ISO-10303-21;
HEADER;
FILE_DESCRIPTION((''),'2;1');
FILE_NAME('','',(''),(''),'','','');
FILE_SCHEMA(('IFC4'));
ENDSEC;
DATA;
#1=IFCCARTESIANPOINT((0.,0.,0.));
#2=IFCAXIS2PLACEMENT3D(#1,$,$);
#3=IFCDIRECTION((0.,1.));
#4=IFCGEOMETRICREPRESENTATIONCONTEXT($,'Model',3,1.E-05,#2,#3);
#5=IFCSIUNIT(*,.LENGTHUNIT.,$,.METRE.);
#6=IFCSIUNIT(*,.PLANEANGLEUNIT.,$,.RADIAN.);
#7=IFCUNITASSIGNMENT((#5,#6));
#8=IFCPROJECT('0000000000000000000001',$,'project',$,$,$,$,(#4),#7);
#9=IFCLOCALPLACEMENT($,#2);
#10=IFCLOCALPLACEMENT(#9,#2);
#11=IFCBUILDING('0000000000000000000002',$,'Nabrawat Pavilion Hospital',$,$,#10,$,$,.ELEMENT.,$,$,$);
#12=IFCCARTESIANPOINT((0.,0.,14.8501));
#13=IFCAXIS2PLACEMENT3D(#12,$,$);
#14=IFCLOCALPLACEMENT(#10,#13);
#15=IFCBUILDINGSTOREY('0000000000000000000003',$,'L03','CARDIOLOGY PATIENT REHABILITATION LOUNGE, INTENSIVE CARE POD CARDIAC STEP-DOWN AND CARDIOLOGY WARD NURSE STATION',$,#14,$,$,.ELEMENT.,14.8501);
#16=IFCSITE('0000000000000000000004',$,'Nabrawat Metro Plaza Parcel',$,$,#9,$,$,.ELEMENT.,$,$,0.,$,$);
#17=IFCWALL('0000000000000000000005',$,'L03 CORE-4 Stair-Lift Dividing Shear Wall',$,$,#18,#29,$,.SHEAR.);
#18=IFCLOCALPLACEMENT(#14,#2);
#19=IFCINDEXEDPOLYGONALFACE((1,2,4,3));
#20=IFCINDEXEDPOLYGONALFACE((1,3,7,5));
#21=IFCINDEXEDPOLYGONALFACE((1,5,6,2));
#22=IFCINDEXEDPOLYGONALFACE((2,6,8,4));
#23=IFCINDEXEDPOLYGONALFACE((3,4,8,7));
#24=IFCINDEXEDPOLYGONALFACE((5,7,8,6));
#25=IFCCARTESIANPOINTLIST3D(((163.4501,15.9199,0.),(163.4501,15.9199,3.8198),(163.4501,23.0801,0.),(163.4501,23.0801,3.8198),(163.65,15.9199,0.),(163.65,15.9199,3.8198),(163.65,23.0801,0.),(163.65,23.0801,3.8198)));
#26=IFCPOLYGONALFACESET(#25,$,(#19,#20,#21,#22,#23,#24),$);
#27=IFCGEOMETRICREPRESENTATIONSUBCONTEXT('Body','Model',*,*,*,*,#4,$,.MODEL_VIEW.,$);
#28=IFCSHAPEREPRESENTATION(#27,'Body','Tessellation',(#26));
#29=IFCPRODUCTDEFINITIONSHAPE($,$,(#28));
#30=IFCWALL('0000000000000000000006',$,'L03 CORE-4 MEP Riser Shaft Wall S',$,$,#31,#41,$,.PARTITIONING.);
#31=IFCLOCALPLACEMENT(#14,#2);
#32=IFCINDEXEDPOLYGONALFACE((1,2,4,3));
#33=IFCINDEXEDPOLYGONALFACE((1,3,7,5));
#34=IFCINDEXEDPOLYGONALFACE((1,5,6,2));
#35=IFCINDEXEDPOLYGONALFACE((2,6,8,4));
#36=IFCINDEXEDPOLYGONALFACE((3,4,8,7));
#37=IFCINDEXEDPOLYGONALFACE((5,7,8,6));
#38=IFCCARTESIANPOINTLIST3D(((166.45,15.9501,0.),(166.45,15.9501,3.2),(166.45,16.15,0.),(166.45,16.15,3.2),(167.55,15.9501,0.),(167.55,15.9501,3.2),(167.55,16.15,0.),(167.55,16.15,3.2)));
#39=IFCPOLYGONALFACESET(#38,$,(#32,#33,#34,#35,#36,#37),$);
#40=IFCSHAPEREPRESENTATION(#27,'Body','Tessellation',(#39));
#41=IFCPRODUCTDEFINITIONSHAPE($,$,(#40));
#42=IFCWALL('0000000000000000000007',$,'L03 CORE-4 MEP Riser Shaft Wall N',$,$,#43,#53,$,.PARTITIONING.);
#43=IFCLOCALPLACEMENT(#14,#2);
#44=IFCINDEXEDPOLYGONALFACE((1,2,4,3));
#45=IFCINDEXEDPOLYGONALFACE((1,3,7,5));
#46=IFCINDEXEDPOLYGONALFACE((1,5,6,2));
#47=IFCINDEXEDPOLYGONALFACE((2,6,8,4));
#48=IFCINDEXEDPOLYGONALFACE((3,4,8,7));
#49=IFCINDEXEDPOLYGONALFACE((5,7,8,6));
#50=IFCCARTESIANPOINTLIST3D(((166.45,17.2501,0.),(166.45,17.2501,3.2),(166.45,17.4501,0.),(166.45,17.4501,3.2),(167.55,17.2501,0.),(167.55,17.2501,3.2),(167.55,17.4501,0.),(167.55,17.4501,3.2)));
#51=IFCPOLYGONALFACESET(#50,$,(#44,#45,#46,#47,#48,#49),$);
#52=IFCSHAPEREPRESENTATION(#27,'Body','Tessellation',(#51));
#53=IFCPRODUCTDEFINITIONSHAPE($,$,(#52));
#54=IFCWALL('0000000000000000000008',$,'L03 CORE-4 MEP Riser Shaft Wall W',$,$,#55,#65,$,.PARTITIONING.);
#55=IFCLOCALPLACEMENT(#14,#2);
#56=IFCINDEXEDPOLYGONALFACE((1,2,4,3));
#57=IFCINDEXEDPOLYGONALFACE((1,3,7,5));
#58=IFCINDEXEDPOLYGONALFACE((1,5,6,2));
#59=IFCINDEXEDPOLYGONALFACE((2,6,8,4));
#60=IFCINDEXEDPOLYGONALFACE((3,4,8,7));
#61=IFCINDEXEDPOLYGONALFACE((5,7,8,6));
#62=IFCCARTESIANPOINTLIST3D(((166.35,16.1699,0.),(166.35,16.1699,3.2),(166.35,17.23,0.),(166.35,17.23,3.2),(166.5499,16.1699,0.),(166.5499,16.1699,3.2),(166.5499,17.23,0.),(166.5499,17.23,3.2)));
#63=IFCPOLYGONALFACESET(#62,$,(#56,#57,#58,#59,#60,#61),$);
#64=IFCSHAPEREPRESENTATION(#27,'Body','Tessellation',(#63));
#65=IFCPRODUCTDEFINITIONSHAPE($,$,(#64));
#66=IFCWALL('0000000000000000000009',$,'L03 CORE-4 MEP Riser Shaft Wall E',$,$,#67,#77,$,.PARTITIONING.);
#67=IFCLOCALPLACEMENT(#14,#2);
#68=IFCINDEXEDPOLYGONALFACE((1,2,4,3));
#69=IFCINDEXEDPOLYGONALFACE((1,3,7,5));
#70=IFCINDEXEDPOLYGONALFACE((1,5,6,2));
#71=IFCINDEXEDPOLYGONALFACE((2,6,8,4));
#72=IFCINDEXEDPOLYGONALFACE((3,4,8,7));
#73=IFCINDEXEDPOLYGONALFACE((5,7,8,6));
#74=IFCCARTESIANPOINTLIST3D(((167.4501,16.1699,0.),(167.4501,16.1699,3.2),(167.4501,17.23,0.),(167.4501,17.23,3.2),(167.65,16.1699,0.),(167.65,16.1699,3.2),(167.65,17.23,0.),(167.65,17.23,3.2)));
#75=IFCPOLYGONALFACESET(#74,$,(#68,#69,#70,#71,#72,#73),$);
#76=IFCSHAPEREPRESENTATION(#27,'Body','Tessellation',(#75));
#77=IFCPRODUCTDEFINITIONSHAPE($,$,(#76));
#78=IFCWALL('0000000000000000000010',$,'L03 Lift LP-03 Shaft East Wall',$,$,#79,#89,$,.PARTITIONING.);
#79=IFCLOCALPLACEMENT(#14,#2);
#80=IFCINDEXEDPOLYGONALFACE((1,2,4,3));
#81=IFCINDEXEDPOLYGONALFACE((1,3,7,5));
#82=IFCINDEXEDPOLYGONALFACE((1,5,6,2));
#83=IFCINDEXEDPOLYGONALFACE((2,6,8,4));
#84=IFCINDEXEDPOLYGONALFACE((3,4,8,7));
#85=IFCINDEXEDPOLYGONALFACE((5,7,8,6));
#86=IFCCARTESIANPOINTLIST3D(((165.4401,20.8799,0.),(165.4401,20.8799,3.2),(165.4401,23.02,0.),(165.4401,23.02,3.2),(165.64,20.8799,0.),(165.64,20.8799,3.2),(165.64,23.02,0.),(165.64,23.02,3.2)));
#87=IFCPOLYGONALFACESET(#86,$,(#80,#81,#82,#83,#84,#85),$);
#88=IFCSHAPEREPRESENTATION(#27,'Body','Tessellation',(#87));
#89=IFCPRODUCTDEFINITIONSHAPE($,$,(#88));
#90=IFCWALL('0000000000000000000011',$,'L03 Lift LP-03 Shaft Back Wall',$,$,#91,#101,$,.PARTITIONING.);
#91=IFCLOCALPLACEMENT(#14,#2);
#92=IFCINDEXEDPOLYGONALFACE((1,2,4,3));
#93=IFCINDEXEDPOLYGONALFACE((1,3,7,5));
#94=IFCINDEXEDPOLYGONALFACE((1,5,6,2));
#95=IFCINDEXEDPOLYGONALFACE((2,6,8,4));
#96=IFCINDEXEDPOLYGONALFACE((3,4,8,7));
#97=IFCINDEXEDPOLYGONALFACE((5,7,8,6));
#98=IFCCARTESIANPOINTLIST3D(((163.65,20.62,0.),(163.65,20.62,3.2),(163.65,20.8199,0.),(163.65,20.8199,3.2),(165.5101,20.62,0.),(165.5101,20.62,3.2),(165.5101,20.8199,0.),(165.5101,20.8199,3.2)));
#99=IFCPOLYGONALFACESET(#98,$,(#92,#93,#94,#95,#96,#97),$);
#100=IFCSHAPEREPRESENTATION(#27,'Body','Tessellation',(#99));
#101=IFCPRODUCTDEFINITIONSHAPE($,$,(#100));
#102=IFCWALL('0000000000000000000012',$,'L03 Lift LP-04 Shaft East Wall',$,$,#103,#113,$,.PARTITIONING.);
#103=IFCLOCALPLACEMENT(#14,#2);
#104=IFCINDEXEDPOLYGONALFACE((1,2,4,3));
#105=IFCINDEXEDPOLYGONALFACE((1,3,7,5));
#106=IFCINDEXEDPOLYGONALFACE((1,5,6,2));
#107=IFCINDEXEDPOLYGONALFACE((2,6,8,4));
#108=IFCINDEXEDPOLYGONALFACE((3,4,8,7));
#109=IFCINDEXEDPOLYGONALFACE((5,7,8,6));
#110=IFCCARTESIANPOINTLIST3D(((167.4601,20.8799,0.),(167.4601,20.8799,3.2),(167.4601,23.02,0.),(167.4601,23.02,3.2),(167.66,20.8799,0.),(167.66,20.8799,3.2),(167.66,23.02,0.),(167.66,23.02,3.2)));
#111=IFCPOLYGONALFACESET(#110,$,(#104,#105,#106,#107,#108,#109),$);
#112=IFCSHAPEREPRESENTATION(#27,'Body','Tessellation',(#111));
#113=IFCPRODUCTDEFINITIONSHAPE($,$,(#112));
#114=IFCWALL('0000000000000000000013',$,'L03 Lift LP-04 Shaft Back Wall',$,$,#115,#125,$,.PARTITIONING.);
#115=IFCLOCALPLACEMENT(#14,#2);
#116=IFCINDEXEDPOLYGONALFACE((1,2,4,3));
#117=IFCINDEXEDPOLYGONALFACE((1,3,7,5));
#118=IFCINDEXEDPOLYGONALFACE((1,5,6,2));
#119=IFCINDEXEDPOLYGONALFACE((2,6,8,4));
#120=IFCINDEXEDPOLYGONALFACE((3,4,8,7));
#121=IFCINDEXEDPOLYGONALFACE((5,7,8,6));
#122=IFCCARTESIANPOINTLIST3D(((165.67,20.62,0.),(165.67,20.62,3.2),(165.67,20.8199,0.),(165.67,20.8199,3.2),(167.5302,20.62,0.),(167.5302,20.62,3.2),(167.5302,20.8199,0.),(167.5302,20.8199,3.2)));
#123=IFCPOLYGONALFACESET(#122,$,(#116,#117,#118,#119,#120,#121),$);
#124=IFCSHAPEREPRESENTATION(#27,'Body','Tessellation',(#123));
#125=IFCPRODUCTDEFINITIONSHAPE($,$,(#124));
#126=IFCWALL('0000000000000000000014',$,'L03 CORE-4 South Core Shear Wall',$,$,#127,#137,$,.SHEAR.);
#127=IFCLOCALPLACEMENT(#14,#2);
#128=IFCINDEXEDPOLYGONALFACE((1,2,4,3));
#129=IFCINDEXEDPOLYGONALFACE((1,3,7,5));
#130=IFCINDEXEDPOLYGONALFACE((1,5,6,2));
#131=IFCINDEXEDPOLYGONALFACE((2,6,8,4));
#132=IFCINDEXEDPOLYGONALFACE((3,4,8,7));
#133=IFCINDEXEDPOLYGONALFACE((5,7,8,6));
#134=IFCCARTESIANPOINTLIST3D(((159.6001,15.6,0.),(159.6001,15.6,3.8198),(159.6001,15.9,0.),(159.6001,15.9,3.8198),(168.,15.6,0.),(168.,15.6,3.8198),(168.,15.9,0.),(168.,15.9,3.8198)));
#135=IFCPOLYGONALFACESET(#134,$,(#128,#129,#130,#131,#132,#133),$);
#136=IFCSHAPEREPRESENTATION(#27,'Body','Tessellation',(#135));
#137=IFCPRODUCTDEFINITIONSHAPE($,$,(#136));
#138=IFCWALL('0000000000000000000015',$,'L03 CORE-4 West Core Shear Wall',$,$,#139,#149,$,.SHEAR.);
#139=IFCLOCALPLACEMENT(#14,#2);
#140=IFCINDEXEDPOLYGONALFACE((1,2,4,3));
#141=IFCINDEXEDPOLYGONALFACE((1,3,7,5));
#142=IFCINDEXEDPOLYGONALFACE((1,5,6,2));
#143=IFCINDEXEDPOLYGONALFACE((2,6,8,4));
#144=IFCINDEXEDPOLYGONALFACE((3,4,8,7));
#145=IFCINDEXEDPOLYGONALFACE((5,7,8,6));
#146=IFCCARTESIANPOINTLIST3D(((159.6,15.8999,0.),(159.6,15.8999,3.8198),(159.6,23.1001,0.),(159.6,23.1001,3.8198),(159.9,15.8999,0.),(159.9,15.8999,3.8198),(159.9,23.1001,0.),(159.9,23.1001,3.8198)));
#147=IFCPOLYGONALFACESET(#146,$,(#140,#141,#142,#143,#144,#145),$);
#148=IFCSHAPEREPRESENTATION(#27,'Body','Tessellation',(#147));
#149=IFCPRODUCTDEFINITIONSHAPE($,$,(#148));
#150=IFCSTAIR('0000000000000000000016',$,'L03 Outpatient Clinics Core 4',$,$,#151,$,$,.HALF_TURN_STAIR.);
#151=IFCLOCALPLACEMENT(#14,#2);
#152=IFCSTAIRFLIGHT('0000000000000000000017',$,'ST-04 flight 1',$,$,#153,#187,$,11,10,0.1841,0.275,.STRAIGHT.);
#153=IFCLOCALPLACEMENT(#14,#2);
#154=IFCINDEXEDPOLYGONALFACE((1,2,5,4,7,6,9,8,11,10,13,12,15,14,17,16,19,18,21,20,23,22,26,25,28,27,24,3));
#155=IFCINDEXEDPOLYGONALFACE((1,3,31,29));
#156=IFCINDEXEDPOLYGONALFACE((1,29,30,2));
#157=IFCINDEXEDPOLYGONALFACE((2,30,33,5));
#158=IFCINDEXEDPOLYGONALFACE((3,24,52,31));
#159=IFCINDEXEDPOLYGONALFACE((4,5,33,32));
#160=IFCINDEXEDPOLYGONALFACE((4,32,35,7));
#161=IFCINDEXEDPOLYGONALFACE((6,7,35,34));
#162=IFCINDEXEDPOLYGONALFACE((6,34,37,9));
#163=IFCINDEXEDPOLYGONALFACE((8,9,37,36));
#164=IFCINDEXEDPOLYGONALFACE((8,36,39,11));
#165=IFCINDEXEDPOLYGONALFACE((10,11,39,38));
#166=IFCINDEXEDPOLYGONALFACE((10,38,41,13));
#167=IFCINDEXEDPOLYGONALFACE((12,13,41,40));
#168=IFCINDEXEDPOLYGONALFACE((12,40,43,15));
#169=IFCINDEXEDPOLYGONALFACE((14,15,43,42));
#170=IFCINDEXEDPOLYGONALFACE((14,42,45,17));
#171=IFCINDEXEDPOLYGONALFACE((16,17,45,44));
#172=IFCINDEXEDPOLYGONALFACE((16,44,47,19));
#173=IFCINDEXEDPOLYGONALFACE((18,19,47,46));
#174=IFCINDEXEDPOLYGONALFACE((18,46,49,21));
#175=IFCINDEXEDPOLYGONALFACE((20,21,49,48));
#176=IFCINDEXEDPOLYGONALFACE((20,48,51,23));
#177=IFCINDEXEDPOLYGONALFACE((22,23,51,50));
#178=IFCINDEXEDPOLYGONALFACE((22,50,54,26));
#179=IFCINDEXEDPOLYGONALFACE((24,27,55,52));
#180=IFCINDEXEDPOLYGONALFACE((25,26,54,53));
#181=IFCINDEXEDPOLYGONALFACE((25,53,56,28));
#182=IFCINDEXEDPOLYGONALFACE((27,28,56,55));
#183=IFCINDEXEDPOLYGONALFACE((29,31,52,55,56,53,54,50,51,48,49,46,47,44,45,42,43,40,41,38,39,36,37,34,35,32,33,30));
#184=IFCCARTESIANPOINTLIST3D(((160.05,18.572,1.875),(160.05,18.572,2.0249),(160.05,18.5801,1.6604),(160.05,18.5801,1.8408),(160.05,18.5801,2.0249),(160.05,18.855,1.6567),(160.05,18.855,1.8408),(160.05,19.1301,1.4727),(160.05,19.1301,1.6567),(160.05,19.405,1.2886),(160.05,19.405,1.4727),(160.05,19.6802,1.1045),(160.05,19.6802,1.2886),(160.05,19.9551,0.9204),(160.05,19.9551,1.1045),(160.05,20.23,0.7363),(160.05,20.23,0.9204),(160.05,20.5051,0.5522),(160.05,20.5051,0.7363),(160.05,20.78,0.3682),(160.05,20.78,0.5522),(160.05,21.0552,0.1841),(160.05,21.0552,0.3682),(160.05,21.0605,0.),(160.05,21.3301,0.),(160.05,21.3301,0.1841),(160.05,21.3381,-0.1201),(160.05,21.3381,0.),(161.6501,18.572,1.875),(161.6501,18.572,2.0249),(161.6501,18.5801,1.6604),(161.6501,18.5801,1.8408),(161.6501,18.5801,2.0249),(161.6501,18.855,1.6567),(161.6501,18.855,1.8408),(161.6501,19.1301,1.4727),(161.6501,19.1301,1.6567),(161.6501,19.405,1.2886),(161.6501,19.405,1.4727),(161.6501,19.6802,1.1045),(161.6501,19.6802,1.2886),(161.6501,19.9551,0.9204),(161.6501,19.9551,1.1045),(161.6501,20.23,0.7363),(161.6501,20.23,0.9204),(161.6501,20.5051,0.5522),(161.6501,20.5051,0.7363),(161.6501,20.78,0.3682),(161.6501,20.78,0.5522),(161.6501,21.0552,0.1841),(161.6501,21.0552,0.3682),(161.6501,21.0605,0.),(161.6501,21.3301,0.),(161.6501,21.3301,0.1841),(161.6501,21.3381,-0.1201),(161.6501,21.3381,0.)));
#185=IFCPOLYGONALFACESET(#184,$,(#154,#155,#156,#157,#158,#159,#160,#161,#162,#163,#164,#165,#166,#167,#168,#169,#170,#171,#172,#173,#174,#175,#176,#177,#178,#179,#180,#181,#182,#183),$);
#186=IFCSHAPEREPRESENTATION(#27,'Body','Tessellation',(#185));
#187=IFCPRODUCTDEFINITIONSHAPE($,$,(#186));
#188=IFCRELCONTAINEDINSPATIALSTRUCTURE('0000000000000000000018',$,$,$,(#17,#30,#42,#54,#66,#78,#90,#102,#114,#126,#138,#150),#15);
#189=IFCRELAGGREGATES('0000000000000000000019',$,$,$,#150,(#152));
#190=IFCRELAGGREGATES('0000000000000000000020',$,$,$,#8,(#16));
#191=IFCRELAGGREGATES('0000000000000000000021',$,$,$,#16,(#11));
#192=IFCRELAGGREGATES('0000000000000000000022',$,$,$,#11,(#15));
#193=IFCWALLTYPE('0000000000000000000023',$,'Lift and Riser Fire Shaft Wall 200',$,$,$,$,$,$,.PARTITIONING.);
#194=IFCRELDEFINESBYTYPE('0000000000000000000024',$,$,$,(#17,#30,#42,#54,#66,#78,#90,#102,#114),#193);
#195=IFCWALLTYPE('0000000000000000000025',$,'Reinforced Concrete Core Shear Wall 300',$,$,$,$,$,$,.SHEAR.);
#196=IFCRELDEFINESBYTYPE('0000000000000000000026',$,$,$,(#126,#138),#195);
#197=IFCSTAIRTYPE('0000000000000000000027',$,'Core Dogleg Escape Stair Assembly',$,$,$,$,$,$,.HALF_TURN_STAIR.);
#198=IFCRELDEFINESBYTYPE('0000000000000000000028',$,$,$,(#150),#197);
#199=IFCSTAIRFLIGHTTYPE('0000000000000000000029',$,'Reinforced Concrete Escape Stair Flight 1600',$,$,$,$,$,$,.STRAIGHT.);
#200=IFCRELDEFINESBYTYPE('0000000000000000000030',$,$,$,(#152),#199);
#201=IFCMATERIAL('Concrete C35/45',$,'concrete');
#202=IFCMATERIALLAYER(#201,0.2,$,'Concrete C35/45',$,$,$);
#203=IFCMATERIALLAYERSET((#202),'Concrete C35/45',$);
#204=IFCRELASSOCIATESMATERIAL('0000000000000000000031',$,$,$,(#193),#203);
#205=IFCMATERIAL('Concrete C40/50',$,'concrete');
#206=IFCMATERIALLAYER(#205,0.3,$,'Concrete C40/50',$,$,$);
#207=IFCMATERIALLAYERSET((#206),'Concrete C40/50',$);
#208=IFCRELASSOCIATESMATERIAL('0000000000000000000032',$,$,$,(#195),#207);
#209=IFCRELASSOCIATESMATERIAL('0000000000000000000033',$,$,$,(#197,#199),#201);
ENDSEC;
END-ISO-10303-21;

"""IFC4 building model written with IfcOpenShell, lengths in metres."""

from ifc_helpers import new_model, si_unit, direction, frame, frame_2d, origin, place, context, subcontext, project, spatial, polyline, rectangle, outline, extrude, material, layer, layer_set, type_object, element, aggregate, save


model = new_model("IFC4")

# Units and contexts
model_context = context("Model", 3, precision=1e-05, world=origin(), true_north=direction((0.0, 1.0)))
body_context = subcontext(model_context, "Body", "Model", "MODEL_VIEW")
ifc_project = project(units=[si_unit("LENGTHUNIT", "METRE"), si_unit("PLANEANGLEUNIT", "RADIAN")], contexts=[model_context])

# Site, building, storey
site_placement = place(None, origin())
site = spatial("IfcSite", under=ifc_project, at=site_placement, Name="Nabrawat Metro Plaza Parcel", CompositionType="ELEMENT", RefElevation=0.0)
building_placement = place(site_placement, origin())
building = spatial("IfcBuilding", under=site, at=building_placement, Name="Nabrawat Pavilion Hospital", CompositionType="ELEMENT")
storey_placement = place(building_placement, frame((0.0, 0.0, 14.8501)))
storey = spatial("IfcBuildingStorey", under=building, at=storey_placement, Name="L03", Description="CARDIOLOGY PATIENT REHABILITATION LOUNGE, INTENSIVE CARE POD CARDIAC STEP-DOWN AND CARDIOLOGY WARD NURSE STATION", CompositionType="ELEMENT", Elevation=14.8501)

# Walls
ifc_material_1 = material(Name="Concrete C35/45", Category="concrete")
ifc_layer_1 = layer(ifc_material_1, 0.2, Name="Concrete C35/45")
ifc_layer_set_1 = layer_set([ifc_layer_1], Name="Concrete C35/45")
wall_type_1 = type_object("IfcWallType", Name="Lift and Riser Fire Shaft Wall 200", PredefinedType="PARTITIONING", material=ifc_layer_set_1)
wall_1_placement = place(storey_placement, frame((163.55, 15.9199, 0.0), z_axis=(0.0, 0.0, 1.0), x_axis=(0.0, 1.0, 0.0)))
element("IfcWall", 1, at=wall_1_placement, inside=storey, type_object=wall_type_1, Name="L03 CORE-4 Stair-Lift Dividing Shear Wall", PredefinedType="SHEAR", context=body_context, shape_type="SweptSolid", body=[
    extrude(rectangle(XDim=7.1602, YDim=0.2, at=frame_2d((3.5801, 0.0))), origin(), (0.0, 0.0, 1.0), 3.8198),
])
for number, where, z_axis, x_axis, name in (
    (2, (166.45, 16.05, 0.0), (0.0, 0.0, 1.0), (1.0, 0.0, 0.0), "L03 CORE-4 MEP Riser Shaft Wall S"),
    (3, (166.45, 17.3501, 0.0), (0.0, 0.0, 1.0), (1.0, 0.0, 0.0), "L03 CORE-4 MEP Riser Shaft Wall N"),
):
    element("IfcWall", number, at=place(storey_placement, frame(where, z_axis=z_axis, x_axis=x_axis)), inside=storey, type_object=wall_type_1, Name=name, PredefinedType="PARTITIONING", context=body_context, shape_type="SweptSolid", body=[
        extrude(rectangle(XDim=1.1001, YDim=0.2, at=frame_2d((0.55, 0.0))), origin(), (0.0, 0.0, 1.0), 3.2),
    ])
for number, where, z_axis, x_axis, name in (
    (4, (166.45, 16.1699, 0.0), (0.0, 0.0, 1.0), (0.0, 1.0, 0.0), "L03 CORE-4 MEP Riser Shaft Wall W"),
    (5, (167.55, 16.1699, 0.0), (0.0, 0.0, 1.0), (0.0, 1.0, 0.0), "L03 CORE-4 MEP Riser Shaft Wall E"),
):
    element("IfcWall", number, at=place(storey_placement, frame(where, z_axis=z_axis, x_axis=x_axis)), inside=storey, type_object=wall_type_1, Name=name, PredefinedType="PARTITIONING", context=body_context, shape_type="SweptSolid", body=[
        extrude(rectangle(XDim=1.0601, YDim=0.2, at=frame_2d((0.53, 0.0))), origin(), (0.0, 0.0, 1.0), 3.2),
    ])
wall_2_placement = place(storey_placement, frame((165.54, 20.8799, 0.0), z_axis=(0.0, 0.0, 1.0), x_axis=(0.0, 1.0, 0.0)))
element("IfcWall", 6, at=wall_2_placement, inside=storey, type_object=wall_type_1, Name="L03 Lift LP-03 Shaft East Wall", PredefinedType="PARTITIONING", context=body_context, shape_type="SweptSolid", body=[
    extrude(rectangle(XDim=2.1401, YDim=0.2, at=frame_2d((1.0701, 0.0))), origin(), (0.0, 0.0, 1.0), 3.2),
])
wall_3_placement = place(storey_placement, frame((163.6499, 20.72, 0.0), z_axis=(0.0, 0.0, 1.0), x_axis=(1.0, 0.0, 0.0)))
element("IfcWall", 7, at=wall_3_placement, inside=storey, type_object=wall_type_1, Name="L03 Lift LP-03 Shaft Back Wall", PredefinedType="PARTITIONING", context=body_context, shape_type="SweptSolid", body=[
    extrude(rectangle(XDim=1.8601, YDim=0.2, at=frame_2d((0.9302, 0.0))), origin(), (0.0, 0.0, 1.0), 3.2),
])
wall_4_placement = place(storey_placement, frame((167.5601, 20.8799, 0.0), z_axis=(0.0, 0.0, 1.0), x_axis=(0.0, 1.0, 0.0)))
element("IfcWall", 8, at=wall_4_placement, inside=storey, type_object=wall_type_1, Name="L03 Lift LP-04 Shaft East Wall", PredefinedType="PARTITIONING", context=body_context, shape_type="SweptSolid", body=[
    extrude(rectangle(XDim=2.1401, YDim=0.2, at=frame_2d((1.0701, 0.0))), origin(), (0.0, 0.0, 1.0), 3.2),
])
wall_5_placement = place(storey_placement, frame((165.6699, 20.72, 0.0), z_axis=(0.0, 0.0, 1.0), x_axis=(1.0, 0.0, 0.0)))
element("IfcWall", 9, at=wall_5_placement, inside=storey, type_object=wall_type_1, Name="L03 Lift LP-04 Shaft Back Wall", PredefinedType="PARTITIONING", context=body_context, shape_type="SweptSolid", body=[
    extrude(rectangle(XDim=1.8601, YDim=0.2, at=frame_2d((0.9302, 0.0))), origin(), (0.0, 0.0, 1.0), 3.2),
])
ifc_material_2 = material(Name="Concrete C40/50", Category="concrete")
ifc_layer_2 = layer(ifc_material_2, 0.3, Name="Concrete C40/50")
ifc_layer_set_2 = layer_set([ifc_layer_2], Name="Concrete C40/50")
wall_type_2 = type_object("IfcWallType", Name="Reinforced Concrete Core Shear Wall 300", PredefinedType="SHEAR", material=ifc_layer_set_2)
wall_6_placement = place(storey_placement, frame((159.6001, 15.75, 0.0), z_axis=(0.0, 0.0, 1.0), x_axis=(1.0, 0.0, 0.0)))
element("IfcWall", 10, at=wall_6_placement, inside=storey, type_object=wall_type_2, Name="L03 CORE-4 South Core Shear Wall", PredefinedType="SHEAR", context=body_context, shape_type="SweptSolid", body=[
    extrude(rectangle(XDim=8.3999, YDim=0.3, at=frame_2d((4.2, 0.0))), origin(), (0.0, 0.0, 1.0), 3.8198),
])
wall_7_placement = place(storey_placement, frame((159.75, 15.8999, 0.0), z_axis=(0.0, 0.0, 1.0), x_axis=(0.0, 1.0, 0.0)))
element("IfcWall", 11, at=wall_7_placement, inside=storey, type_object=wall_type_2, Name="L03 CORE-4 West Core Shear Wall", PredefinedType="SHEAR", context=body_context, shape_type="SweptSolid", body=[
    extrude(rectangle(XDim=7.2002, YDim=0.3, at=frame_2d((3.6001, 0.0))), origin(), (0.0, 0.0, 1.0), 3.8198),
])

# Stair, stair flight
stair_type = type_object("IfcStairType", Name="Core Dogleg Escape Stair Assembly", PredefinedType="HALF_TURN_STAIR", material=ifc_material_1)
stair_placement = place(storey_placement, origin())
stair = element("IfcStair", 12, at=stair_placement, inside=storey, type_object=stair_type, Name="L03 Outpatient Clinics Core 4", PredefinedType="HALF_TURN_STAIR")
stair_flight_type = type_object("IfcStairFlightType", Name="Reinforced Concrete Escape Stair Flight 1600", PredefinedType="STRAIGHT", material=ifc_material_1)
stair_flight_1_placement = place(storey_placement, frame((160.8501, 21.3301, 0.0), z_axis=(0.0, 0.0, 1.0), x_axis=(0.0, -1.0, 0.0)))
stair_flight_1 = element("IfcStairFlight", 13, at=stair_flight_1_placement, type_object=stair_flight_type, Name="ST-04 flight 1", NumberOfRisers=11, NumberOfTreads=10, PredefinedType="STRAIGHT", RiserHeight=0.1841, TreadLength=0.275, context=body_context, shape_type="SweptSolid", body=[
    extrude(outline(polyline([(-0.0081, 0.0), (0.0, 0.0), (0.0, 0.1841), (0.2749, 0.1841), (0.2749, 0.3682), (0.55, 0.3682), (0.55, 0.5522), (0.825, 0.5522), (0.825, 0.7363), (1.1001, 0.7363), (1.1001, 0.9204), (1.375, 0.9204), (1.375, 1.1045), (1.6499, 1.1045), (1.6499, 1.2886), (1.925, 1.2886), (1.925, 1.4727), (2.2, 1.4727), (2.2, 1.6567), (2.4751, 1.6567), (2.4751, 1.8408), (2.75, 1.8408), (2.75, 2.0249), (2.7581, 2.0249), (2.7581, 1.875), (2.75, 1.6604), (0.2695, 0.0), (-0.0081, -0.1201), (-0.0081, 0.0)])), frame((0.0, 0.8, 0.0), z_axis=(0.0, -1.0, 0.0), x_axis=(1.0, 0.0, 0.0)), (0.0, 0.0, 1.0), 1.6001),
])
aggregate(stair, [stair_flight_1])

save(model, "model.ifc")
